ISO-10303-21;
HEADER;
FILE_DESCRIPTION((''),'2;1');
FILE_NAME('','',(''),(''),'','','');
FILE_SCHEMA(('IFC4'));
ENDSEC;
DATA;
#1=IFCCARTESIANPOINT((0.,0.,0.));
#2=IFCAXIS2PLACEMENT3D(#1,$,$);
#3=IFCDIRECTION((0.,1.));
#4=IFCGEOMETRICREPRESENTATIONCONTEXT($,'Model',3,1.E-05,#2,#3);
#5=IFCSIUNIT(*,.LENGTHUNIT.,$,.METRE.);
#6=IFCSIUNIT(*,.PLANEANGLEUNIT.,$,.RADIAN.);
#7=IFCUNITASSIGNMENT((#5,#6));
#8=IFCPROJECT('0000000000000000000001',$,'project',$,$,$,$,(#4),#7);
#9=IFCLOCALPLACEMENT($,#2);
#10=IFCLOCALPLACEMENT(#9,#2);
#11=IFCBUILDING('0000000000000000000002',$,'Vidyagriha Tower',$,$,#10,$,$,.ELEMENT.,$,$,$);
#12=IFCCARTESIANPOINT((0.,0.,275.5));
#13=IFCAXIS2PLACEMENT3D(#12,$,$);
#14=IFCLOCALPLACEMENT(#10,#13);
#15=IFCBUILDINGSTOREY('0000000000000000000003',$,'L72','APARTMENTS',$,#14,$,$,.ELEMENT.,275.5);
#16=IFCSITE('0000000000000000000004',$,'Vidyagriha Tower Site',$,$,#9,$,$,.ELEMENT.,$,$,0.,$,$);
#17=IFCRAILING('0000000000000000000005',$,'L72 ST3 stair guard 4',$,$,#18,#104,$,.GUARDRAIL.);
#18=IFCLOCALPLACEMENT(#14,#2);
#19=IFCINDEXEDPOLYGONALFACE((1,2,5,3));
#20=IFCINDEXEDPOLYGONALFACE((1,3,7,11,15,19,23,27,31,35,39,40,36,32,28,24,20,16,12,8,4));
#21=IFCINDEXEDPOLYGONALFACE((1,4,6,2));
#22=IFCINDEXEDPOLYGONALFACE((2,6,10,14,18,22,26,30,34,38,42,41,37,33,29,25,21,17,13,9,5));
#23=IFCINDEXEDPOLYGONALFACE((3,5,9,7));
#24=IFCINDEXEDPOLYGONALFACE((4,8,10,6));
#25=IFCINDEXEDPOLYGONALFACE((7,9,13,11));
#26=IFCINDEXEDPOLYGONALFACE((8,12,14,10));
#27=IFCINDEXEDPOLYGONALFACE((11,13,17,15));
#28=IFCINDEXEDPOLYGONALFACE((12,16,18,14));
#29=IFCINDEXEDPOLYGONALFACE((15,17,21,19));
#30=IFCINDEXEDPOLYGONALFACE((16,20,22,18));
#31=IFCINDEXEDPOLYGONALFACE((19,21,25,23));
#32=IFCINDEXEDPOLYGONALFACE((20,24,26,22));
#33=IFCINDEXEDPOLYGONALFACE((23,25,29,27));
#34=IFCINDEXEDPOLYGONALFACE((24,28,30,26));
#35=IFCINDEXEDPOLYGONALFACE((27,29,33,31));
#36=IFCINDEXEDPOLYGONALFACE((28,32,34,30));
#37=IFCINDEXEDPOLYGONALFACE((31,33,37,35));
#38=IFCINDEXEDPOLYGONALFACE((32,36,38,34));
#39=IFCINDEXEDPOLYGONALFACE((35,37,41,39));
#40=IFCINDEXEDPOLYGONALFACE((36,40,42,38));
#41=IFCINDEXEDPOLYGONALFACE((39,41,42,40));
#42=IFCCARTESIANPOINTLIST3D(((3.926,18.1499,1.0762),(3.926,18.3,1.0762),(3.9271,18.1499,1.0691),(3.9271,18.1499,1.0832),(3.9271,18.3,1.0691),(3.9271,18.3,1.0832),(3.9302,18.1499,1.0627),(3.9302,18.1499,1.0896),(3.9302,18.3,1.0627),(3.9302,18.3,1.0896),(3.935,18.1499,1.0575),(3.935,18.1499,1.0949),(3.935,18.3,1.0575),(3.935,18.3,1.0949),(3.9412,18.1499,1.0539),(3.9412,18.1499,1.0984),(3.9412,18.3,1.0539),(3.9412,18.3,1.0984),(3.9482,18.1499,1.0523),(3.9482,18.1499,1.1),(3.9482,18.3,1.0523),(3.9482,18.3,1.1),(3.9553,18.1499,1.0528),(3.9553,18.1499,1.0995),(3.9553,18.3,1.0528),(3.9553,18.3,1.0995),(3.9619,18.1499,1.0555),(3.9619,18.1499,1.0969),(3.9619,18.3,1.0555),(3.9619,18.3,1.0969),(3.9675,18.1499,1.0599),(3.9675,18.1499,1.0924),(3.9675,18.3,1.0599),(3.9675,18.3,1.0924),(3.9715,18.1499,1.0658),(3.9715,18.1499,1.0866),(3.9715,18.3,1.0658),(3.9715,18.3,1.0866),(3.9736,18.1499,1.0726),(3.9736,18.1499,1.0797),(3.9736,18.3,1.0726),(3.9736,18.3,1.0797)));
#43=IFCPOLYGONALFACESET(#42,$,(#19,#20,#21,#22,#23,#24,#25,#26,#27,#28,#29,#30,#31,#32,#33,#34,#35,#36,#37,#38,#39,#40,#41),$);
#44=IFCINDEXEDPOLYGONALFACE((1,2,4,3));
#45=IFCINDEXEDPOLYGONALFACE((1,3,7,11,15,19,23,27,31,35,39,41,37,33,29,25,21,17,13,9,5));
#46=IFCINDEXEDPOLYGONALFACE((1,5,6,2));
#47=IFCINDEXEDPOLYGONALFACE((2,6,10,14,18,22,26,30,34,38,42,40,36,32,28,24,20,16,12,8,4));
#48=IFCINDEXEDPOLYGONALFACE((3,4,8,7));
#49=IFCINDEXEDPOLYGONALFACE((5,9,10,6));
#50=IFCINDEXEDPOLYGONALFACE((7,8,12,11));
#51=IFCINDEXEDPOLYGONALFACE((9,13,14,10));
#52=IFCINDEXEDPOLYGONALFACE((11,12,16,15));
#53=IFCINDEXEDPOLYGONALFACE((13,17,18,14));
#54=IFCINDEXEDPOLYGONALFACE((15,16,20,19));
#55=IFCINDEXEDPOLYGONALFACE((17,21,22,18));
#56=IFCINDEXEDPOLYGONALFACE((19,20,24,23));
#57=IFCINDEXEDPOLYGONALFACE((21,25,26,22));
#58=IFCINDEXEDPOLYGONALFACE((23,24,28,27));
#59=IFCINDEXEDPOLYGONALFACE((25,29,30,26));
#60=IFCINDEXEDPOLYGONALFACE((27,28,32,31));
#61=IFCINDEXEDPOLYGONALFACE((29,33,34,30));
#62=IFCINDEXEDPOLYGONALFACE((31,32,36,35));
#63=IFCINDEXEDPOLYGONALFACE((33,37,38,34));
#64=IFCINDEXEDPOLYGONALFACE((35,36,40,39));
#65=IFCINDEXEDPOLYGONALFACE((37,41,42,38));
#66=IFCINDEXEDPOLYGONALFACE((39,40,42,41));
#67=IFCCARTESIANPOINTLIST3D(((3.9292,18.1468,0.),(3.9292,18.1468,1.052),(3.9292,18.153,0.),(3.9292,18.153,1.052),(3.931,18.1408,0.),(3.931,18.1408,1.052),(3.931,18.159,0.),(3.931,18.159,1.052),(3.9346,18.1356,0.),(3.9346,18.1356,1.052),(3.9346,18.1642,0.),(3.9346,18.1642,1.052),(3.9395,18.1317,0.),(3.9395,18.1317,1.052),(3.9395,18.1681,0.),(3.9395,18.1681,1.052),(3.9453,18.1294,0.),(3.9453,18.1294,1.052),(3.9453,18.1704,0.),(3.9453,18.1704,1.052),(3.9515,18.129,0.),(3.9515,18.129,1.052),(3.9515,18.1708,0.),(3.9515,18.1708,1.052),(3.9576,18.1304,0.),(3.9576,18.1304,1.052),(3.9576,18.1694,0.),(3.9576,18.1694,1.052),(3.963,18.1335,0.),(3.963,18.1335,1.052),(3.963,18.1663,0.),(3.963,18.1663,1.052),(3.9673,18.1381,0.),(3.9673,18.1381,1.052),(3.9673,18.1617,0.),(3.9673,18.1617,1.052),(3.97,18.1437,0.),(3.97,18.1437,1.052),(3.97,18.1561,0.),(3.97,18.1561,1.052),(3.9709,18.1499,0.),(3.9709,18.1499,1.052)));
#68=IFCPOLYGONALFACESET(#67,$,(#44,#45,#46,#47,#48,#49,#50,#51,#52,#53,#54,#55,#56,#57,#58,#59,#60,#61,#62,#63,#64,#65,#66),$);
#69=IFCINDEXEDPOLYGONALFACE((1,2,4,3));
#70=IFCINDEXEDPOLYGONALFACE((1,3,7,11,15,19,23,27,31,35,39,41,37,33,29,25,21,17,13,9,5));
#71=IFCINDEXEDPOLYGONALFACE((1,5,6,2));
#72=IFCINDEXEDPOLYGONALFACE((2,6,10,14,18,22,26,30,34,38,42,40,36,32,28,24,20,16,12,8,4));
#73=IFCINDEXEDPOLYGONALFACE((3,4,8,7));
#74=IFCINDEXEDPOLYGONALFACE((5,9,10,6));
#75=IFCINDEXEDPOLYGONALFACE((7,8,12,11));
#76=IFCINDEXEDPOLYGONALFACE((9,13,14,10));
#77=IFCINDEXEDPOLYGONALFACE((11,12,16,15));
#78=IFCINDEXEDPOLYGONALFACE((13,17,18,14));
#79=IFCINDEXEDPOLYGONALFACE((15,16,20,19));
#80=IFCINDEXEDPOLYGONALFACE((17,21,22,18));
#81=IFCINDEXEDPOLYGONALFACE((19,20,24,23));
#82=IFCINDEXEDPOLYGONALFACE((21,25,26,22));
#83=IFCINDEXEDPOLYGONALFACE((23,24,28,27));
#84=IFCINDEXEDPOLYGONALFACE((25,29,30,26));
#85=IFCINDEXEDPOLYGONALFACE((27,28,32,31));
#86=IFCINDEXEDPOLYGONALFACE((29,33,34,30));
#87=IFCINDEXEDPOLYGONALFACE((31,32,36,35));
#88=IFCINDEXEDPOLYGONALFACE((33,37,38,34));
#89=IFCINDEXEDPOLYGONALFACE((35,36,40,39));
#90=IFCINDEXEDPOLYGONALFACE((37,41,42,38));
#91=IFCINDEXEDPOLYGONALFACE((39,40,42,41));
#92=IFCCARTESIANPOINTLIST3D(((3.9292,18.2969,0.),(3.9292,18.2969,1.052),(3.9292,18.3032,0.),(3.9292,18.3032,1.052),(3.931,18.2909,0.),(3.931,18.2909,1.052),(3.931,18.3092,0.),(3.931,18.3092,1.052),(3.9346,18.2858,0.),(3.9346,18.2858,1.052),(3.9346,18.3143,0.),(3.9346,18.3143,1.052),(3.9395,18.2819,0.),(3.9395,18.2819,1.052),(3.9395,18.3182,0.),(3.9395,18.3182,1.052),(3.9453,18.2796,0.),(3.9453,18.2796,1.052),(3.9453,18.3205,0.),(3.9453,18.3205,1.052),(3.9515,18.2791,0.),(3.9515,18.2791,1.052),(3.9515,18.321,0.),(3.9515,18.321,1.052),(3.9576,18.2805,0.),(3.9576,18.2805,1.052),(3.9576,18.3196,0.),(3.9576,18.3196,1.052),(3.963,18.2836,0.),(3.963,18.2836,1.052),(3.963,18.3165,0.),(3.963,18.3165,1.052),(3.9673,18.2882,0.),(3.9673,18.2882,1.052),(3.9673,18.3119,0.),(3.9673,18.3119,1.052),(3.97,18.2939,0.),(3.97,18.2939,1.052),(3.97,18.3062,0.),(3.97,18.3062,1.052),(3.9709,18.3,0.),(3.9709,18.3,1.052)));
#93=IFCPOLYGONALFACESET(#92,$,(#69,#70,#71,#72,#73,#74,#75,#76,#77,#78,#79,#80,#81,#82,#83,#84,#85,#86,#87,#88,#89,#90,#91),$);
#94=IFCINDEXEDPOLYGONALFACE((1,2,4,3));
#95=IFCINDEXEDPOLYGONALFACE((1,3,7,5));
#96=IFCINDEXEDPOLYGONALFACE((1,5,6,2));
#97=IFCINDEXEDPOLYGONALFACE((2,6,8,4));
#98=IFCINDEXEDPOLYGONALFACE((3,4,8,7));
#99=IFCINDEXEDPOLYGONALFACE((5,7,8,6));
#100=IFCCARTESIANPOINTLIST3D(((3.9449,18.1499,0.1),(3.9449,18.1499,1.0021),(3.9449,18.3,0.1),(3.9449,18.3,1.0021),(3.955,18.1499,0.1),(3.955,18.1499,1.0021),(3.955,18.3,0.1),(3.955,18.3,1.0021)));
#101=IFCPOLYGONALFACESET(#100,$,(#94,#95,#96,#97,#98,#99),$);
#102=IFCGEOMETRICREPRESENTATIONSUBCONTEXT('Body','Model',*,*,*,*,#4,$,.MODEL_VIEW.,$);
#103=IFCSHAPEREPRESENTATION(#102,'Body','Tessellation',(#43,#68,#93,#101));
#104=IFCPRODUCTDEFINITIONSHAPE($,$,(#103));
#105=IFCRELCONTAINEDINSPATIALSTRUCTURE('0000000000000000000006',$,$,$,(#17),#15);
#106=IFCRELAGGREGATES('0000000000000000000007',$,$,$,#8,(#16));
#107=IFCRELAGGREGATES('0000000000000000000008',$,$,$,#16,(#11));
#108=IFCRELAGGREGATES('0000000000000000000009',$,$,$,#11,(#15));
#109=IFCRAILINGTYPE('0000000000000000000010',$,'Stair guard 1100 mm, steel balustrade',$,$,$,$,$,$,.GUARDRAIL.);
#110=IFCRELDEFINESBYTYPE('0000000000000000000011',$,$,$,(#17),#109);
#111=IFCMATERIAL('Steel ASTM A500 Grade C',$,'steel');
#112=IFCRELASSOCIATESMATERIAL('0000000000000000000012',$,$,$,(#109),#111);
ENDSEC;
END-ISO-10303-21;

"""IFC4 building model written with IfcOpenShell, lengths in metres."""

from ifc_helpers import new_model, si_unit, direction, frame, origin, origin_2d, place, context, subcontext, project, spatial, rectangle, circle, extrude, material, type_object, element, save


model = new_model("IFC4")

# Units and contexts
model_context = context("Model", 3, precision=1e-05, world=origin(), true_north=direction((0.0, 1.0)))
body_context = subcontext(model_context, "Body", "Model", "MODEL_VIEW")
ifc_project = project(units=[si_unit("LENGTHUNIT", "METRE"), si_unit("PLANEANGLEUNIT", "RADIAN")], contexts=[model_context])

# Site, building, storey
site_placement = place(None, origin())
site = spatial("IfcSite", under=ifc_project, at=site_placement, Name="Vidyagriha Tower Site", CompositionType="ELEMENT", RefElevation=0.0)
building_placement = place(site_placement, origin())
building = spatial("IfcBuilding", under=site, at=building_placement, Name="Vidyagriha Tower", CompositionType="ELEMENT")
storey_placement = place(building_placement, frame((0.0, 0.0, 275.5)))
storey = spatial("IfcBuildingStorey", under=building, at=storey_placement, Name="L72", Description="APARTMENTS", CompositionType="ELEMENT", Elevation=275.5)

# Railing
ifc_material_1 = material(Name="Steel ASTM A500 Grade C", Category="steel")
railing_type_1 = type_object("IfcRailingType", Name="Stair guard 1100 mm, steel balustrade", PredefinedType="GUARDRAIL", material=ifc_material_1)
railing_1_placement = place(storey_placement, frame((3.95, 18.1499, 0.0)))
element("IfcRailing", 1, at=railing_1_placement, inside=storey, type_object=railing_type_1, Name="L72 ST3 stair guard 4", PredefinedType="GUARDRAIL", context=body_context, shape_type="SweptSolid", body=[
    extrude(circle(Radius=0.0239, at=origin_2d()), frame((0.0, 0.0, 1.0762), z_axis=(0.0, 1.0, 0.0), x_axis=(-1.0, 0.0, 0.0)), (0.0, 0.0, 1.0), 0.1501),
    extrude(circle(Radius=0.021, at=origin_2d()), origin(), (0.0, 0.0, 1.0), 1.052),
    extrude(circle(Radius=0.021, at=origin_2d()), frame((0.0, 0.1501, 0.0)), (0.0, 0.0, 1.0), 1.052),
    extrude(rectangle(XDim=0.01, YDim=0.9021, at=origin_2d()), frame((0.0, 0.0, 0.551), z_axis=(0.0, 1.0, 0.0), x_axis=(-1.0, 0.0, 0.0)), (0.0, 0.0, 1.0), 0.1501),
])

save(model, "model.ifc")
